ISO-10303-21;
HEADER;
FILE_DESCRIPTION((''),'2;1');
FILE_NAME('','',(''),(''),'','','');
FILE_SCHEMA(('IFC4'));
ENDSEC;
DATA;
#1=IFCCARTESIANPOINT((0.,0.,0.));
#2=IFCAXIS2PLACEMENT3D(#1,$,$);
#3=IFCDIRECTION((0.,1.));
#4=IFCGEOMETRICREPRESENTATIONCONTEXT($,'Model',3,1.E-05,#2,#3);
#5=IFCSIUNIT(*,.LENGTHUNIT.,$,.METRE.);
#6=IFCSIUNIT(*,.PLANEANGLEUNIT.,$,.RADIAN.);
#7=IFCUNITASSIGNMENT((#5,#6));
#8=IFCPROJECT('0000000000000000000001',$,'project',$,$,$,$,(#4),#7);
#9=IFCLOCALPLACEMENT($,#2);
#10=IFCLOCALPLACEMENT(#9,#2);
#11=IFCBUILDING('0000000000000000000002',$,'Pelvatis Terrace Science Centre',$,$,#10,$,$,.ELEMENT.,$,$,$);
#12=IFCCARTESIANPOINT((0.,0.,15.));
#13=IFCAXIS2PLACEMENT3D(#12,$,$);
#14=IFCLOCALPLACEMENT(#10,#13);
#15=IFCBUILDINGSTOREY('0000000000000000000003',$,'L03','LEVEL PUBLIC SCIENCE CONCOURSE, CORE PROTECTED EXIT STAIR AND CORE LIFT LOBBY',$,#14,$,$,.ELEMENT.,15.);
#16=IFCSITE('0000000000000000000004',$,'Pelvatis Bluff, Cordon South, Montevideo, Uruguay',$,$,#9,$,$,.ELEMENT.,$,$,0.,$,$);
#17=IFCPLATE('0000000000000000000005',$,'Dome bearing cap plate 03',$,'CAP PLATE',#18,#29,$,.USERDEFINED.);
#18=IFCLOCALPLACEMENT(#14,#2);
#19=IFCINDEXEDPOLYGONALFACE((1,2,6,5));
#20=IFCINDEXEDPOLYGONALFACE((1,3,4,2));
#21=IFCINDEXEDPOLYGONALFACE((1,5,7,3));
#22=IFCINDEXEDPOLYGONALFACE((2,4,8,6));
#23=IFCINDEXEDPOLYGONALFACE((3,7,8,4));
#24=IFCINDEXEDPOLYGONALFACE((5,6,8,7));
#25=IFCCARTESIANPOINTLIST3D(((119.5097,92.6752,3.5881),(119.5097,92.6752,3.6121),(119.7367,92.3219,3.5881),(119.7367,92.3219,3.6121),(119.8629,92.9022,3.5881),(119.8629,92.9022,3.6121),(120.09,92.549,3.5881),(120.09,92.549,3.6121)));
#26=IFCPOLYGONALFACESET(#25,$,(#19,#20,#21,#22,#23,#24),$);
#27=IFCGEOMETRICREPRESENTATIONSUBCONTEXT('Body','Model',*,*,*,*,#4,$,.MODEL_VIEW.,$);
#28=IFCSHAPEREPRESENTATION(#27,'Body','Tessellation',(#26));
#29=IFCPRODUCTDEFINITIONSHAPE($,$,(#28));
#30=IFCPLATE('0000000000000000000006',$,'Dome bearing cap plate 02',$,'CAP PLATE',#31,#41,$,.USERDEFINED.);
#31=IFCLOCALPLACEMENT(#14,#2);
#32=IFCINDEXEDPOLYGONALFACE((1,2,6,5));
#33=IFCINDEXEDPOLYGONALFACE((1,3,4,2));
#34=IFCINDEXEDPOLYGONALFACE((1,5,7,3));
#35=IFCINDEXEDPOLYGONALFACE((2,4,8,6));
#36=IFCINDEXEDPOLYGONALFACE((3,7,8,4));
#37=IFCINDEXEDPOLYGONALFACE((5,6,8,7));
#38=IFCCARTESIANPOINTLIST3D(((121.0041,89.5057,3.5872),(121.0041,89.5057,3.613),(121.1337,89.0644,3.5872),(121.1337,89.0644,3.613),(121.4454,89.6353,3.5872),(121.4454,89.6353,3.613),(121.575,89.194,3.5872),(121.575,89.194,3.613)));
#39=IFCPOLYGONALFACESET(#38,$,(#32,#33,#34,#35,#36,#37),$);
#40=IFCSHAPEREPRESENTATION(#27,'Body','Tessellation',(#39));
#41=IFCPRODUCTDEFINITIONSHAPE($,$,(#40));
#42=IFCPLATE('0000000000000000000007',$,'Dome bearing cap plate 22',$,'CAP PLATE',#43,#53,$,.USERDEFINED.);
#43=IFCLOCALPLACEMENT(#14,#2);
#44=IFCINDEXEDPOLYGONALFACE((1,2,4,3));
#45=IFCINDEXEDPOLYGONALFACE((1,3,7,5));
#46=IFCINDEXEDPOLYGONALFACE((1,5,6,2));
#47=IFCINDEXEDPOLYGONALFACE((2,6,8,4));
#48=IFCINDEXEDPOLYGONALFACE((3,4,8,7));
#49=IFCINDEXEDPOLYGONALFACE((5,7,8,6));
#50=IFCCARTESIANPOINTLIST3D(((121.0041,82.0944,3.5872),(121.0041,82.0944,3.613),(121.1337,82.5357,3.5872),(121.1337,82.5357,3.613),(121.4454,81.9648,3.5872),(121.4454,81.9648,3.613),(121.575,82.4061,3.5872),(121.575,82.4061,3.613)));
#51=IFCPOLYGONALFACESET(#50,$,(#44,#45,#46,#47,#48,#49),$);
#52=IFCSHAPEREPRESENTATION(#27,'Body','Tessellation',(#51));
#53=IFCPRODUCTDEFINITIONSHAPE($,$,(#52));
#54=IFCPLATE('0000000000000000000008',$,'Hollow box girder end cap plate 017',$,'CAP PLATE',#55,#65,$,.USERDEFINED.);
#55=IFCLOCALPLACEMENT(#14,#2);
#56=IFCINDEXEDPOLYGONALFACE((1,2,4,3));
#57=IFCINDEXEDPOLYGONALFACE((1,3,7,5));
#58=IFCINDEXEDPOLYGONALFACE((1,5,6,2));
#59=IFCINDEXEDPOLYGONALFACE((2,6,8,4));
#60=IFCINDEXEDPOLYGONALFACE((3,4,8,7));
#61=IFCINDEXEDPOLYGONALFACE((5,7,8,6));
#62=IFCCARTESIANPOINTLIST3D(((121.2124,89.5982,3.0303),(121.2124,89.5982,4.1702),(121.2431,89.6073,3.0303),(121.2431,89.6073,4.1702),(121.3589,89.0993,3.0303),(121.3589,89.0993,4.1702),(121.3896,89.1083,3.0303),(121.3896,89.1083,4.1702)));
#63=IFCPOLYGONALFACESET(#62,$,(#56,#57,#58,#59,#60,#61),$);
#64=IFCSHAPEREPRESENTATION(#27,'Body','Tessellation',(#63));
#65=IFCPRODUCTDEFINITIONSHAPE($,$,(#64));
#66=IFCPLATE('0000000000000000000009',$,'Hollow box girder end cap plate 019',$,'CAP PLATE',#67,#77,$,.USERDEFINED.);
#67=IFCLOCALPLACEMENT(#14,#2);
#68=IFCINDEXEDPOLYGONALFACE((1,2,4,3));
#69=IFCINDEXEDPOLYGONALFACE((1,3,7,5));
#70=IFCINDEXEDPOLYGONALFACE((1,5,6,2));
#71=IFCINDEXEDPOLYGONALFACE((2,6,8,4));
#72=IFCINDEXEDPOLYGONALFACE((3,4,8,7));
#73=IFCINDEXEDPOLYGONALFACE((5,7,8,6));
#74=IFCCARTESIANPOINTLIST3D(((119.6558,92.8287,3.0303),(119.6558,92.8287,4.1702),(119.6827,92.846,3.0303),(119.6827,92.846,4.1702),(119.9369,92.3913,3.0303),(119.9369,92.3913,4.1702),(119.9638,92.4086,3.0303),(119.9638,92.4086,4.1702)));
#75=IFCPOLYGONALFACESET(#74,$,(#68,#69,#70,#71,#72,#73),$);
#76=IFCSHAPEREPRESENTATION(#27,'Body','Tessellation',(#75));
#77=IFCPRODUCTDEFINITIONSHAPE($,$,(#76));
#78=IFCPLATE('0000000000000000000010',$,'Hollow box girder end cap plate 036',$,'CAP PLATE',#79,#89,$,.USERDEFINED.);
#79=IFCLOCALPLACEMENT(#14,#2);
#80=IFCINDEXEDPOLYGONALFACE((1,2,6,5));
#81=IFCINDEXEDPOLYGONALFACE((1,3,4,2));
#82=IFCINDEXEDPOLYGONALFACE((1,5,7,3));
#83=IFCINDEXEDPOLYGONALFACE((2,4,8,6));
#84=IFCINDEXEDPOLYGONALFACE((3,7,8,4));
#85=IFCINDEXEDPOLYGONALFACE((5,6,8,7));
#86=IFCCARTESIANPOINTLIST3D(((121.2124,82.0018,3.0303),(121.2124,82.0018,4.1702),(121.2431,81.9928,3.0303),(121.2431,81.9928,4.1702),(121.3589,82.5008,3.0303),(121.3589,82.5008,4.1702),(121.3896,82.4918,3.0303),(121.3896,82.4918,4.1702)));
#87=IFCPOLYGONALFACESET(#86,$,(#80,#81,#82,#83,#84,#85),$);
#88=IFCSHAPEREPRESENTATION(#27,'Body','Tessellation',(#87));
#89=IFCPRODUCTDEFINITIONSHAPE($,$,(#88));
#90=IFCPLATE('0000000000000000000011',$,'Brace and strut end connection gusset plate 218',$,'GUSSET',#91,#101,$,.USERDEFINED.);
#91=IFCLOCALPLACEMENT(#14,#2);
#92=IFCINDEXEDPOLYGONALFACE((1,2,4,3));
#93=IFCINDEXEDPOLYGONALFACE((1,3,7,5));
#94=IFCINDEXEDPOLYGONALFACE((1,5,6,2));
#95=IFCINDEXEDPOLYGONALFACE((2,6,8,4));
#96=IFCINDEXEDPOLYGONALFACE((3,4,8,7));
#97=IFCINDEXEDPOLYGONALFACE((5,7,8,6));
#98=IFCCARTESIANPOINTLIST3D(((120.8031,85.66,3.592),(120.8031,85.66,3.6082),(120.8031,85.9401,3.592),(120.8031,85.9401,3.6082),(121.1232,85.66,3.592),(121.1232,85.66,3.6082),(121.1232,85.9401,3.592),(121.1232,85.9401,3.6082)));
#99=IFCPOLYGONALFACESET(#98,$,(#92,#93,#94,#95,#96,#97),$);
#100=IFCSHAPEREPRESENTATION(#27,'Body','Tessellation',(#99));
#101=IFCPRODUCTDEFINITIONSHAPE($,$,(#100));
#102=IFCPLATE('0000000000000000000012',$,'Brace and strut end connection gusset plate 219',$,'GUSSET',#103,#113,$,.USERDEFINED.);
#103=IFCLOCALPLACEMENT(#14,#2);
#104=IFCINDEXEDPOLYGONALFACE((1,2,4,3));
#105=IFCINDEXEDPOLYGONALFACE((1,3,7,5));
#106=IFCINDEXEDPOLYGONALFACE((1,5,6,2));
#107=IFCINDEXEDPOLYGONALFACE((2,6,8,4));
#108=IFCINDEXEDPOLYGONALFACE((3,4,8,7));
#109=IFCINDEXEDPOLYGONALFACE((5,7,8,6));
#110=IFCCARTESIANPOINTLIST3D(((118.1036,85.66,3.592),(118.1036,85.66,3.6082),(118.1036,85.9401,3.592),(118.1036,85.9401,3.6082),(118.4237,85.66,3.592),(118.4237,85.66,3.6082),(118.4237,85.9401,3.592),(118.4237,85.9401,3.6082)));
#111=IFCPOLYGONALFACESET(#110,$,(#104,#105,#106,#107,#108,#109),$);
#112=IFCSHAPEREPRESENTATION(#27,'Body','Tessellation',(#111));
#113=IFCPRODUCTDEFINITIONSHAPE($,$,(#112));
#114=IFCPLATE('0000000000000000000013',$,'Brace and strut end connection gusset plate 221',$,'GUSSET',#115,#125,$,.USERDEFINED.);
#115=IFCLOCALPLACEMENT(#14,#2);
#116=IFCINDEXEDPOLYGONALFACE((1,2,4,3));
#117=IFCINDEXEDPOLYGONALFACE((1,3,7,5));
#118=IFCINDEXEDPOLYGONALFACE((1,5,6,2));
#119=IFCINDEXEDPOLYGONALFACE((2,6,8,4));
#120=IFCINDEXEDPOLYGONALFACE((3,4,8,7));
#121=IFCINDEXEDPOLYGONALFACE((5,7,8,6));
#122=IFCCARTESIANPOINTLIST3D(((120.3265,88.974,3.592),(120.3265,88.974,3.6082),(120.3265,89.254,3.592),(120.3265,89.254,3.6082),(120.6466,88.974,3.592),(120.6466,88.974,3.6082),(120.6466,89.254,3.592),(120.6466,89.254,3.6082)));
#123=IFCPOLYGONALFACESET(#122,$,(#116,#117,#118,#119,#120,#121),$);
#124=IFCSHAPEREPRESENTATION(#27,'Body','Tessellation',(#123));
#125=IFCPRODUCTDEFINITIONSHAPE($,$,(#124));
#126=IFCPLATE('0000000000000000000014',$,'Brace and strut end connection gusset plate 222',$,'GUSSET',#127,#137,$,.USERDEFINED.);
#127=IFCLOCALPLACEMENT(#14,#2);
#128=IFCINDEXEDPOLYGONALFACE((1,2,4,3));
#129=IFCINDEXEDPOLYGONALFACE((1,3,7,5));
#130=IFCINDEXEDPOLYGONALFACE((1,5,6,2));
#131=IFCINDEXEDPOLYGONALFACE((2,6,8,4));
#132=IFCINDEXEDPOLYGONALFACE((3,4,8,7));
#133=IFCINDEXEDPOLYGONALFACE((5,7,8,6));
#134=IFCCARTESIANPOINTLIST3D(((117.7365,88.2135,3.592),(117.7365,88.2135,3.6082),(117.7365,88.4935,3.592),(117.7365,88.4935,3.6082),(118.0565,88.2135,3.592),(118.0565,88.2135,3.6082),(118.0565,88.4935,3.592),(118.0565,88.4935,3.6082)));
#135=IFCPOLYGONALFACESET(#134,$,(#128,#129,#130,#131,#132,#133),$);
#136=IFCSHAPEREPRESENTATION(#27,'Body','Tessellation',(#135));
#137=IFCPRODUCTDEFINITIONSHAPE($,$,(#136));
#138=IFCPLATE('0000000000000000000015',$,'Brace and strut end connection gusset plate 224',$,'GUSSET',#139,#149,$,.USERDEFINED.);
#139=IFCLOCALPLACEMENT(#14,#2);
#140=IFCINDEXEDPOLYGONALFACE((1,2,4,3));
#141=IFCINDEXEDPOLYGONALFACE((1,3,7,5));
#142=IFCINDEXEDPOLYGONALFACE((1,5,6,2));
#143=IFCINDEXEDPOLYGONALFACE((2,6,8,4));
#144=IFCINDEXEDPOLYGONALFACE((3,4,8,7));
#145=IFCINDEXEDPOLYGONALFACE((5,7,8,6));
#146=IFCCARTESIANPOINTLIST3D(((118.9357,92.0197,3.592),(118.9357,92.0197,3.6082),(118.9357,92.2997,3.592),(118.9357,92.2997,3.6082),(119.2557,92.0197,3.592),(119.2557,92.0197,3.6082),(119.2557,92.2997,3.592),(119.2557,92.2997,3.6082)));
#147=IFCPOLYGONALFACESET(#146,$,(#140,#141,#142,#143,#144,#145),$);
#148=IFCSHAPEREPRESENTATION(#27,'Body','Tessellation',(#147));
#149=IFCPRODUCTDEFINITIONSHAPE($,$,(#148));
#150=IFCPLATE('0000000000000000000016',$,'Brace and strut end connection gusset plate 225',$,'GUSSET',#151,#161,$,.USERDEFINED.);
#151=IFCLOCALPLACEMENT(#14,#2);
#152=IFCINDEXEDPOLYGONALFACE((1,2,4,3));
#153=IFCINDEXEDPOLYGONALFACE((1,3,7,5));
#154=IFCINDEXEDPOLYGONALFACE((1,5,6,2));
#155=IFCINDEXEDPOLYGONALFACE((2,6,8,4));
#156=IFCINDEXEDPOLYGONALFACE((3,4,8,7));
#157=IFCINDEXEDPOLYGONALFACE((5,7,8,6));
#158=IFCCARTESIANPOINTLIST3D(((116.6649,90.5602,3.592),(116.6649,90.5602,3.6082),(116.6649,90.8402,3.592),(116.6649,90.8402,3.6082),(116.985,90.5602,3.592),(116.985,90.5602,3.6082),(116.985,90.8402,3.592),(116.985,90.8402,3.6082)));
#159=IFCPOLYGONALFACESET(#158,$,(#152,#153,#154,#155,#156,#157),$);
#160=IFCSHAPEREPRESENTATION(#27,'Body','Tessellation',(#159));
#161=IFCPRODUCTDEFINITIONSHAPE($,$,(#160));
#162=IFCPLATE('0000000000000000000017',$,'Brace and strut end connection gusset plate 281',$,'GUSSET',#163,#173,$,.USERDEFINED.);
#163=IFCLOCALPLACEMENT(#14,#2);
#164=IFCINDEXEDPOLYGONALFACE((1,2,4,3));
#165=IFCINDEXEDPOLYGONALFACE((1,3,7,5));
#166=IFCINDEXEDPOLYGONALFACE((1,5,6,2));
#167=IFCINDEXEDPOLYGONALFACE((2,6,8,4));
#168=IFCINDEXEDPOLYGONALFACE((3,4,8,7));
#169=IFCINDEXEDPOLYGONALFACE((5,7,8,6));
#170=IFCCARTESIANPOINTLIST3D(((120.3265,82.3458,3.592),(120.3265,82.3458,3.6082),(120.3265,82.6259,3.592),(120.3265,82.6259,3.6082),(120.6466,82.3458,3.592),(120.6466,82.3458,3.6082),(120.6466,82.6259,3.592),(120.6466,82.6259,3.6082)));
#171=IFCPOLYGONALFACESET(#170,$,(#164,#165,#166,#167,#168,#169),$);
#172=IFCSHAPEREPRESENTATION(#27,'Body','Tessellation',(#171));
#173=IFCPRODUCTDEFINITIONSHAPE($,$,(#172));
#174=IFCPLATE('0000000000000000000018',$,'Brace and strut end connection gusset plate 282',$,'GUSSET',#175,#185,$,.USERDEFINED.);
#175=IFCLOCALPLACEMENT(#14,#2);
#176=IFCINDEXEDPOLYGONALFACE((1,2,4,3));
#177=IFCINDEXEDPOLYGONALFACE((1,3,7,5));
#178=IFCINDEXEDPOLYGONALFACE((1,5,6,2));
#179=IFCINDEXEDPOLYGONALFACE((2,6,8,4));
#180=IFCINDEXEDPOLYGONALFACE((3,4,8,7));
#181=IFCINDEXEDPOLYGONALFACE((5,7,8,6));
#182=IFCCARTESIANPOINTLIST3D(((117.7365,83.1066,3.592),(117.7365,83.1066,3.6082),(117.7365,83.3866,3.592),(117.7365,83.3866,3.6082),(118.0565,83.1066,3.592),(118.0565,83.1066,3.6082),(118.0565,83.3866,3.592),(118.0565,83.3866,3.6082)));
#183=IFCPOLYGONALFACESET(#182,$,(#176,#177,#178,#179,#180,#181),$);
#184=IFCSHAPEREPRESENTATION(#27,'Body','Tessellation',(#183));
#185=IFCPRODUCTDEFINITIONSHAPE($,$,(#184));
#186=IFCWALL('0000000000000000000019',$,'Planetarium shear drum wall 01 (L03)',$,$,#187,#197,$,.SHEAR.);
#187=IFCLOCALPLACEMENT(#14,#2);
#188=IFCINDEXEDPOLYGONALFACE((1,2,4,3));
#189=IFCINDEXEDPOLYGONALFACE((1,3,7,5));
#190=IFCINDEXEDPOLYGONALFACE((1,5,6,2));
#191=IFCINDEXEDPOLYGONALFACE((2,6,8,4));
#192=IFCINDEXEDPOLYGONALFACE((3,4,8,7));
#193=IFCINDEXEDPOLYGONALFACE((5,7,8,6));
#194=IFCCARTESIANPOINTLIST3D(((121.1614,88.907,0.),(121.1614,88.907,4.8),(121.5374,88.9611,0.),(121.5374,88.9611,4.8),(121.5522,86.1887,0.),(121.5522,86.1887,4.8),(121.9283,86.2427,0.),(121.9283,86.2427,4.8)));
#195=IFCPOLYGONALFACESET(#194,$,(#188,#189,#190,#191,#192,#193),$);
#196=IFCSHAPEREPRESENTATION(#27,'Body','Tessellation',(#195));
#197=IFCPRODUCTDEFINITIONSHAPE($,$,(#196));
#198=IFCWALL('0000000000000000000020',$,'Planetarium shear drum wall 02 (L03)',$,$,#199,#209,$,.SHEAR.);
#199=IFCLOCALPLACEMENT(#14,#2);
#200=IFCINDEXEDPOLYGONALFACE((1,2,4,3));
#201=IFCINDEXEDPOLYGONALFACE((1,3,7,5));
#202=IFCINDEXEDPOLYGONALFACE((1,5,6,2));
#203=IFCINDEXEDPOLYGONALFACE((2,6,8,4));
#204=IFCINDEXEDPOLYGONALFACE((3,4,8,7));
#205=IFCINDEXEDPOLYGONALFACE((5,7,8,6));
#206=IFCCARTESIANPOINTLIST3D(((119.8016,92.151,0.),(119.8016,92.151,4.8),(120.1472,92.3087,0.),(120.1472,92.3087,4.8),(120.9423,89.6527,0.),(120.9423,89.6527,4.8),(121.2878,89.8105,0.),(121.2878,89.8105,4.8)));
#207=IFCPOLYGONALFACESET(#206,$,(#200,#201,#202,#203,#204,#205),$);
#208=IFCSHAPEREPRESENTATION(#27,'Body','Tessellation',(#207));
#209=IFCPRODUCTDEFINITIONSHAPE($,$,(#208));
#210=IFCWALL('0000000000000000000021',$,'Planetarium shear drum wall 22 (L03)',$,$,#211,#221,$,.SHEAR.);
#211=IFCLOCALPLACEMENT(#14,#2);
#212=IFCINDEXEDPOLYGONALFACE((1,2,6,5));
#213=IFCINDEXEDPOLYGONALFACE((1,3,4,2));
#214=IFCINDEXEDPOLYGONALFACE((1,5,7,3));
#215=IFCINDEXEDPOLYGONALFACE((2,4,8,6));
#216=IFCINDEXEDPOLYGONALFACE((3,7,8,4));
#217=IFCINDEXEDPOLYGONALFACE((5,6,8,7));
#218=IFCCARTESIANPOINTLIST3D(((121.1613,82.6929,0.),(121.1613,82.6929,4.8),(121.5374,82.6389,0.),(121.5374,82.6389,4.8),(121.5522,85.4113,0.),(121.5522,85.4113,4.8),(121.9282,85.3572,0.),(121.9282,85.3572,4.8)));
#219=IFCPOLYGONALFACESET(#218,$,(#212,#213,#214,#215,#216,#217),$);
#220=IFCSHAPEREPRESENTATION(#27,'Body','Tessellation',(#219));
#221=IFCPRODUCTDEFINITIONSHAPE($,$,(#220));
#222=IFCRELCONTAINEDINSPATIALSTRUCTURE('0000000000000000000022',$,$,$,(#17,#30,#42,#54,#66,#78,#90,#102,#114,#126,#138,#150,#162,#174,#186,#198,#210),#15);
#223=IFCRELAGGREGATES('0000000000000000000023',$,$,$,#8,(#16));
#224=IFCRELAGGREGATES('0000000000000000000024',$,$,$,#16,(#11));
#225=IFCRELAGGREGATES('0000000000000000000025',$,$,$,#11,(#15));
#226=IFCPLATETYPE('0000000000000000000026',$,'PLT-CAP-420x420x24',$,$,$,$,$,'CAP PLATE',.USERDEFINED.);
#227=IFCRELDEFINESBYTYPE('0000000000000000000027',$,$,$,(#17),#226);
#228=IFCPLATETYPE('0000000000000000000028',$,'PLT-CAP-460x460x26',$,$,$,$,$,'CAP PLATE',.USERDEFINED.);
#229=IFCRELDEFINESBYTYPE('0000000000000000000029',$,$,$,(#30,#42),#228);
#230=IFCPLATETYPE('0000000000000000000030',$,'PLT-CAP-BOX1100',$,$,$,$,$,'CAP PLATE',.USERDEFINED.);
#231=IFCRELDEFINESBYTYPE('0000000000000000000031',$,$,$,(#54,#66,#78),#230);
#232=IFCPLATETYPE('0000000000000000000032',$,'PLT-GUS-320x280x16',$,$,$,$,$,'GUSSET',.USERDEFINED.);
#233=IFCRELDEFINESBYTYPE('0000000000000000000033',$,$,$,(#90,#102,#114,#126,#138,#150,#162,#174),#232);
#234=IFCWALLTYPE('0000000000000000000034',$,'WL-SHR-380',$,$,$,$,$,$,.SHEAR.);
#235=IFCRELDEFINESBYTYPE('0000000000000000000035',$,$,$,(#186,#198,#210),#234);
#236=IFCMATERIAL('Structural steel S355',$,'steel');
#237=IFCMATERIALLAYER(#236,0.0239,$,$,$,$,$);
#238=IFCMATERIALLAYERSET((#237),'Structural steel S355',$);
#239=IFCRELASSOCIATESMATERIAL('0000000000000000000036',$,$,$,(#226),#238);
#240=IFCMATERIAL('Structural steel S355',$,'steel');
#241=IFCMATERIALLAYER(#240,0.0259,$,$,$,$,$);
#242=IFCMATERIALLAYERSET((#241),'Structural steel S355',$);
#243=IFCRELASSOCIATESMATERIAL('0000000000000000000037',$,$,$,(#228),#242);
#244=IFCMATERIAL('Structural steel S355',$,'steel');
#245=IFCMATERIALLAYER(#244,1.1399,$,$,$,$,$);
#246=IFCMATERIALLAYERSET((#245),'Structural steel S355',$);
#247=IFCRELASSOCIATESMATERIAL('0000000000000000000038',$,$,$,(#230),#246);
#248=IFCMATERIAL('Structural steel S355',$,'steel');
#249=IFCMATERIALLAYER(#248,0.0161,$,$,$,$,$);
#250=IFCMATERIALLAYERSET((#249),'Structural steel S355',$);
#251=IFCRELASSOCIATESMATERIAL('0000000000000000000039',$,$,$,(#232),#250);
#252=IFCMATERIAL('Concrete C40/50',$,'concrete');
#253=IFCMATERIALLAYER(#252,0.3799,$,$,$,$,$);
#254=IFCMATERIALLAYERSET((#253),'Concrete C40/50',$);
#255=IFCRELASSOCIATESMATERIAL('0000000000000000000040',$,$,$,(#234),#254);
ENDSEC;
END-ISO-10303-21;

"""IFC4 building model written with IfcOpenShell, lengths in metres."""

from ifc_helpers import new_model, si_unit, direction, frame, frame_2d, origin, origin_2d, place, context, subcontext, project, spatial, rectangle, extrude, material, layer, layer_set, type_object, element, save


model = new_model("IFC4")

# Units and contexts
model_context = context("Model", 3, precision=1e-05, world=origin(), true_north=direction((0.0, 1.0)))
body_context = subcontext(model_context, "Body", "Model", "MODEL_VIEW")
ifc_project = project(units=[si_unit("LENGTHUNIT", "METRE"), si_unit("PLANEANGLEUNIT", "RADIAN")], contexts=[model_context])

# Site, building, storey
site_placement = place(None, origin())
site = spatial("IfcSite", under=ifc_project, at=site_placement, Name="Pelvatis Bluff, Cordon South, Montevideo, Uruguay", CompositionType="ELEMENT", RefElevation=0.0)
building_placement = place(site_placement, origin())
building = spatial("IfcBuilding", under=site, at=building_placement, Name="Pelvatis Terrace Science Centre", CompositionType="ELEMENT")
storey_placement = place(building_placement, frame((0.0, 0.0, 15.0)))
storey = spatial("IfcBuildingStorey", under=building, at=storey_placement, Name="L03", Description="LEVEL PUBLIC SCIENCE CONCOURSE, CORE PROTECTED EXIT STAIR AND CORE LIFT LOBBY", CompositionType="ELEMENT", Elevation=15.0)

# Plates
ifc_material_1 = material(Name="Structural steel S355", Category="steel")
ifc_layer_1 = layer(ifc_material_1, 0.0239)
ifc_layer_set_1 = layer_set([ifc_layer_1], Name="Structural steel S355")
plate_type_1 = type_object("IfcPlateType", Name="PLT-CAP-420x420x24", ElementType="CAP PLATE", PredefinedType="USERDEFINED", material=ifc_layer_set_1)
plate_placement = place(storey_placement, frame((119.7998, 92.6121, 3.5881), z_axis=(0.0, 0.0, 1.0), x_axis=(0.841228, 0.540681, 0.0)))
element("IfcPlate", 1, at=plate_placement, inside=storey, type_object=plate_type_1, Name="Dome bearing cap plate 03", ObjectType="CAP PLATE", PredefinedType="USERDEFINED", context=body_context, shape_type="SweptSolid", body=[
    extrude(rectangle(XDim=0.4199, YDim=0.4199, at=origin_2d()), origin(), (0.0, 0.0, 1.0), 0.0239),
])
ifc_material_2 = material(Name="Structural steel S355", Category="steel")
ifc_layer_2 = layer(ifc_material_2, 0.0259)
ifc_layer_set_2 = layer_set([ifc_layer_2], Name="Structural steel S355")
plate_type_2 = type_object("IfcPlateType", Name="PLT-CAP-460x460x26", ElementType="CAP PLATE", PredefinedType="USERDEFINED", material=ifc_layer_set_2)
for number, where, z_axis, x_axis, name in (
    (2, (121.2896, 89.3499, 3.5872), (0.0, 0.0, 1.0), (0.959511, 0.281672, 0.0), "Dome bearing cap plate 02"),
    (3, (121.2896, 82.2502, 3.5872), (0.0, 0.0, 1.0), (0.959511, -0.281672, 0.0), "Dome bearing cap plate 22"),
):
    element("IfcPlate", number, at=place(storey_placement, frame(where, z_axis=z_axis, x_axis=x_axis)), inside=storey, type_object=plate_type_2, Name=name, ObjectType="CAP PLATE", PredefinedType="USERDEFINED", context=body_context, shape_type="SweptSolid", body=[
        extrude(rectangle(XDim=0.46, YDim=0.46, at=origin_2d()), origin(), (0.0, 0.0, 1.0), 0.0259),
    ])
ifc_material_3 = material(Name="Structural steel S355", Category="steel")
ifc_layer_3 = layer(ifc_material_3, 1.1399)
ifc_layer_set_3 = layer_set([ifc_layer_3], Name="Structural steel S355")
plate_type_3 = type_object("IfcPlateType", Name="PLT-CAP-BOX1100", ElementType="CAP PLATE", PredefinedType="USERDEFINED", material=ifc_layer_set_3)
for number, where, z_axis, x_axis, name in (
    (4, (121.301, 89.3533, 3.0303), (0.0, 0.0, 1.0), (-0.959511, -0.281672, 0.0), "Hollow box girder end cap plate 017"),
    (5, (119.8098, 92.6187, 3.0303), (0.0, 0.0, 1.0), (-0.841228, -0.540681, 0.0), "Hollow box girder end cap plate 019"),
    (6, (121.301, 82.2468, 3.0303), (0.0, 0.0, 1.0), (0.959511, -0.281672, 0.0), "Hollow box girder end cap plate 036"),
):
    element("IfcPlate", number, at=place(storey_placement, frame(where, z_axis=z_axis, x_axis=x_axis)), inside=storey, type_object=plate_type_3, Name=name, ObjectType="CAP PLATE", PredefinedType="USERDEFINED", context=body_context, shape_type="SweptSolid", body=[
        extrude(rectangle(XDim=0.032, YDim=0.52, at=origin_2d()), origin(), (0.0, 0.0, 1.0), 1.1399),
    ])
ifc_material_4 = material(Name="Structural steel S355", Category="steel")
ifc_layer_4 = layer(ifc_material_4, 0.0161)
ifc_layer_set_4 = layer_set([ifc_layer_4], Name="Structural steel S355")
plate_type_4 = type_object("IfcPlateType", Name="PLT-GUS-320x280x16", ElementType="GUSSET", PredefinedType="USERDEFINED", material=ifc_layer_set_4)
for number, where, z_axis, x_axis, name in (
    (7, (120.9631, 85.8, 3.592), (0.0, 0.0, 1.0), (1.0, 0.0, 0.0), "Brace and strut end connection gusset plate 218"),
    (8, (118.2637, 85.8, 3.592), (0.0, 0.0, 1.0), (1.0, 0.0, 0.0), "Brace and strut end connection gusset plate 219"),
    (9, (120.4866, 89.114, 3.592), (0.0, 0.0, 1.0), (1.0, 0.0, 0.0), "Brace and strut end connection gusset plate 221"),
    (10, (117.8965, 88.3535, 3.592), (0.0, 0.0, 1.0), (1.0, 0.0, 0.0), "Brace and strut end connection gusset plate 222"),
    (11, (119.0957, 92.1597, 3.592), (0.0, 0.0, 1.0), (1.0, 0.0, 0.0), "Brace and strut end connection gusset plate 224"),
    (12, (116.825, 90.7002, 3.592), (0.0, 0.0, 1.0), (1.0, 0.0, 0.0), "Brace and strut end connection gusset plate 225"),
    (13, (120.4866, 82.4858, 3.592), (0.0, 0.0, 1.0), (1.0, 0.0, 0.0), "Brace and strut end connection gusset plate 281"),
    (14, (117.8965, 83.2466, 3.592), (0.0, 0.0, 1.0), (1.0, 0.0, 0.0), "Brace and strut end connection gusset plate 282"),
):
    element("IfcPlate", number, at=place(storey_placement, frame(where, z_axis=z_axis, x_axis=x_axis)), inside=storey, type_object=plate_type_4, Name=name, ObjectType="GUSSET", PredefinedType="USERDEFINED", context=body_context, shape_type="SweptSolid", body=[
        extrude(rectangle(XDim=0.3201, YDim=0.28, at=origin_2d()), origin(), (0.0, 0.0, 1.0), 0.0161),
    ])

# Walls
ifc_material_5 = material(Name="Concrete C40/50", Category="concrete")
ifc_layer_5 = layer(ifc_material_5, 0.3799)
ifc_layer_set_5 = layer_set([ifc_layer_5], Name="Concrete C40/50")
wall_type = type_object("IfcWallType", Name="WL-SHR-380", PredefinedType="SHEAR", material=ifc_layer_set_5)
for number, where, z_axis, x_axis, name in (
    (15, (121.7402, 86.2158, 0.0), (0.0, 0.0, 1.0), (-0.14233, 0.989819, 0.0), "Planetarium shear drum wall 01 (L03)"),
    (16, (121.115, 89.7317, 0.0), (0.0, 0.0, 1.0), (-0.415323, 0.909674, 0.0), "Planetarium shear drum wall 02 (L03)"),
    (17, (121.3494, 82.666, 0.0), (0.0, 0.0, 1.0), (0.14233, 0.989819, 0.0), "Planetarium shear drum wall 22 (L03)"),
):
    element("IfcWall", number, at=place(storey_placement, frame(where, z_axis=z_axis, x_axis=x_axis)), inside=storey, type_object=wall_type, Name=name, PredefinedType="SHEAR", context=body_context, shape_type="SweptSolid", body=[
        extrude(rectangle(XDim=2.7463, YDim=0.3799, at=frame_2d((1.373, 0.0))), origin(), (0.0, 0.0, 1.0), 4.8),
    ])

save(model, "model.ifc")
